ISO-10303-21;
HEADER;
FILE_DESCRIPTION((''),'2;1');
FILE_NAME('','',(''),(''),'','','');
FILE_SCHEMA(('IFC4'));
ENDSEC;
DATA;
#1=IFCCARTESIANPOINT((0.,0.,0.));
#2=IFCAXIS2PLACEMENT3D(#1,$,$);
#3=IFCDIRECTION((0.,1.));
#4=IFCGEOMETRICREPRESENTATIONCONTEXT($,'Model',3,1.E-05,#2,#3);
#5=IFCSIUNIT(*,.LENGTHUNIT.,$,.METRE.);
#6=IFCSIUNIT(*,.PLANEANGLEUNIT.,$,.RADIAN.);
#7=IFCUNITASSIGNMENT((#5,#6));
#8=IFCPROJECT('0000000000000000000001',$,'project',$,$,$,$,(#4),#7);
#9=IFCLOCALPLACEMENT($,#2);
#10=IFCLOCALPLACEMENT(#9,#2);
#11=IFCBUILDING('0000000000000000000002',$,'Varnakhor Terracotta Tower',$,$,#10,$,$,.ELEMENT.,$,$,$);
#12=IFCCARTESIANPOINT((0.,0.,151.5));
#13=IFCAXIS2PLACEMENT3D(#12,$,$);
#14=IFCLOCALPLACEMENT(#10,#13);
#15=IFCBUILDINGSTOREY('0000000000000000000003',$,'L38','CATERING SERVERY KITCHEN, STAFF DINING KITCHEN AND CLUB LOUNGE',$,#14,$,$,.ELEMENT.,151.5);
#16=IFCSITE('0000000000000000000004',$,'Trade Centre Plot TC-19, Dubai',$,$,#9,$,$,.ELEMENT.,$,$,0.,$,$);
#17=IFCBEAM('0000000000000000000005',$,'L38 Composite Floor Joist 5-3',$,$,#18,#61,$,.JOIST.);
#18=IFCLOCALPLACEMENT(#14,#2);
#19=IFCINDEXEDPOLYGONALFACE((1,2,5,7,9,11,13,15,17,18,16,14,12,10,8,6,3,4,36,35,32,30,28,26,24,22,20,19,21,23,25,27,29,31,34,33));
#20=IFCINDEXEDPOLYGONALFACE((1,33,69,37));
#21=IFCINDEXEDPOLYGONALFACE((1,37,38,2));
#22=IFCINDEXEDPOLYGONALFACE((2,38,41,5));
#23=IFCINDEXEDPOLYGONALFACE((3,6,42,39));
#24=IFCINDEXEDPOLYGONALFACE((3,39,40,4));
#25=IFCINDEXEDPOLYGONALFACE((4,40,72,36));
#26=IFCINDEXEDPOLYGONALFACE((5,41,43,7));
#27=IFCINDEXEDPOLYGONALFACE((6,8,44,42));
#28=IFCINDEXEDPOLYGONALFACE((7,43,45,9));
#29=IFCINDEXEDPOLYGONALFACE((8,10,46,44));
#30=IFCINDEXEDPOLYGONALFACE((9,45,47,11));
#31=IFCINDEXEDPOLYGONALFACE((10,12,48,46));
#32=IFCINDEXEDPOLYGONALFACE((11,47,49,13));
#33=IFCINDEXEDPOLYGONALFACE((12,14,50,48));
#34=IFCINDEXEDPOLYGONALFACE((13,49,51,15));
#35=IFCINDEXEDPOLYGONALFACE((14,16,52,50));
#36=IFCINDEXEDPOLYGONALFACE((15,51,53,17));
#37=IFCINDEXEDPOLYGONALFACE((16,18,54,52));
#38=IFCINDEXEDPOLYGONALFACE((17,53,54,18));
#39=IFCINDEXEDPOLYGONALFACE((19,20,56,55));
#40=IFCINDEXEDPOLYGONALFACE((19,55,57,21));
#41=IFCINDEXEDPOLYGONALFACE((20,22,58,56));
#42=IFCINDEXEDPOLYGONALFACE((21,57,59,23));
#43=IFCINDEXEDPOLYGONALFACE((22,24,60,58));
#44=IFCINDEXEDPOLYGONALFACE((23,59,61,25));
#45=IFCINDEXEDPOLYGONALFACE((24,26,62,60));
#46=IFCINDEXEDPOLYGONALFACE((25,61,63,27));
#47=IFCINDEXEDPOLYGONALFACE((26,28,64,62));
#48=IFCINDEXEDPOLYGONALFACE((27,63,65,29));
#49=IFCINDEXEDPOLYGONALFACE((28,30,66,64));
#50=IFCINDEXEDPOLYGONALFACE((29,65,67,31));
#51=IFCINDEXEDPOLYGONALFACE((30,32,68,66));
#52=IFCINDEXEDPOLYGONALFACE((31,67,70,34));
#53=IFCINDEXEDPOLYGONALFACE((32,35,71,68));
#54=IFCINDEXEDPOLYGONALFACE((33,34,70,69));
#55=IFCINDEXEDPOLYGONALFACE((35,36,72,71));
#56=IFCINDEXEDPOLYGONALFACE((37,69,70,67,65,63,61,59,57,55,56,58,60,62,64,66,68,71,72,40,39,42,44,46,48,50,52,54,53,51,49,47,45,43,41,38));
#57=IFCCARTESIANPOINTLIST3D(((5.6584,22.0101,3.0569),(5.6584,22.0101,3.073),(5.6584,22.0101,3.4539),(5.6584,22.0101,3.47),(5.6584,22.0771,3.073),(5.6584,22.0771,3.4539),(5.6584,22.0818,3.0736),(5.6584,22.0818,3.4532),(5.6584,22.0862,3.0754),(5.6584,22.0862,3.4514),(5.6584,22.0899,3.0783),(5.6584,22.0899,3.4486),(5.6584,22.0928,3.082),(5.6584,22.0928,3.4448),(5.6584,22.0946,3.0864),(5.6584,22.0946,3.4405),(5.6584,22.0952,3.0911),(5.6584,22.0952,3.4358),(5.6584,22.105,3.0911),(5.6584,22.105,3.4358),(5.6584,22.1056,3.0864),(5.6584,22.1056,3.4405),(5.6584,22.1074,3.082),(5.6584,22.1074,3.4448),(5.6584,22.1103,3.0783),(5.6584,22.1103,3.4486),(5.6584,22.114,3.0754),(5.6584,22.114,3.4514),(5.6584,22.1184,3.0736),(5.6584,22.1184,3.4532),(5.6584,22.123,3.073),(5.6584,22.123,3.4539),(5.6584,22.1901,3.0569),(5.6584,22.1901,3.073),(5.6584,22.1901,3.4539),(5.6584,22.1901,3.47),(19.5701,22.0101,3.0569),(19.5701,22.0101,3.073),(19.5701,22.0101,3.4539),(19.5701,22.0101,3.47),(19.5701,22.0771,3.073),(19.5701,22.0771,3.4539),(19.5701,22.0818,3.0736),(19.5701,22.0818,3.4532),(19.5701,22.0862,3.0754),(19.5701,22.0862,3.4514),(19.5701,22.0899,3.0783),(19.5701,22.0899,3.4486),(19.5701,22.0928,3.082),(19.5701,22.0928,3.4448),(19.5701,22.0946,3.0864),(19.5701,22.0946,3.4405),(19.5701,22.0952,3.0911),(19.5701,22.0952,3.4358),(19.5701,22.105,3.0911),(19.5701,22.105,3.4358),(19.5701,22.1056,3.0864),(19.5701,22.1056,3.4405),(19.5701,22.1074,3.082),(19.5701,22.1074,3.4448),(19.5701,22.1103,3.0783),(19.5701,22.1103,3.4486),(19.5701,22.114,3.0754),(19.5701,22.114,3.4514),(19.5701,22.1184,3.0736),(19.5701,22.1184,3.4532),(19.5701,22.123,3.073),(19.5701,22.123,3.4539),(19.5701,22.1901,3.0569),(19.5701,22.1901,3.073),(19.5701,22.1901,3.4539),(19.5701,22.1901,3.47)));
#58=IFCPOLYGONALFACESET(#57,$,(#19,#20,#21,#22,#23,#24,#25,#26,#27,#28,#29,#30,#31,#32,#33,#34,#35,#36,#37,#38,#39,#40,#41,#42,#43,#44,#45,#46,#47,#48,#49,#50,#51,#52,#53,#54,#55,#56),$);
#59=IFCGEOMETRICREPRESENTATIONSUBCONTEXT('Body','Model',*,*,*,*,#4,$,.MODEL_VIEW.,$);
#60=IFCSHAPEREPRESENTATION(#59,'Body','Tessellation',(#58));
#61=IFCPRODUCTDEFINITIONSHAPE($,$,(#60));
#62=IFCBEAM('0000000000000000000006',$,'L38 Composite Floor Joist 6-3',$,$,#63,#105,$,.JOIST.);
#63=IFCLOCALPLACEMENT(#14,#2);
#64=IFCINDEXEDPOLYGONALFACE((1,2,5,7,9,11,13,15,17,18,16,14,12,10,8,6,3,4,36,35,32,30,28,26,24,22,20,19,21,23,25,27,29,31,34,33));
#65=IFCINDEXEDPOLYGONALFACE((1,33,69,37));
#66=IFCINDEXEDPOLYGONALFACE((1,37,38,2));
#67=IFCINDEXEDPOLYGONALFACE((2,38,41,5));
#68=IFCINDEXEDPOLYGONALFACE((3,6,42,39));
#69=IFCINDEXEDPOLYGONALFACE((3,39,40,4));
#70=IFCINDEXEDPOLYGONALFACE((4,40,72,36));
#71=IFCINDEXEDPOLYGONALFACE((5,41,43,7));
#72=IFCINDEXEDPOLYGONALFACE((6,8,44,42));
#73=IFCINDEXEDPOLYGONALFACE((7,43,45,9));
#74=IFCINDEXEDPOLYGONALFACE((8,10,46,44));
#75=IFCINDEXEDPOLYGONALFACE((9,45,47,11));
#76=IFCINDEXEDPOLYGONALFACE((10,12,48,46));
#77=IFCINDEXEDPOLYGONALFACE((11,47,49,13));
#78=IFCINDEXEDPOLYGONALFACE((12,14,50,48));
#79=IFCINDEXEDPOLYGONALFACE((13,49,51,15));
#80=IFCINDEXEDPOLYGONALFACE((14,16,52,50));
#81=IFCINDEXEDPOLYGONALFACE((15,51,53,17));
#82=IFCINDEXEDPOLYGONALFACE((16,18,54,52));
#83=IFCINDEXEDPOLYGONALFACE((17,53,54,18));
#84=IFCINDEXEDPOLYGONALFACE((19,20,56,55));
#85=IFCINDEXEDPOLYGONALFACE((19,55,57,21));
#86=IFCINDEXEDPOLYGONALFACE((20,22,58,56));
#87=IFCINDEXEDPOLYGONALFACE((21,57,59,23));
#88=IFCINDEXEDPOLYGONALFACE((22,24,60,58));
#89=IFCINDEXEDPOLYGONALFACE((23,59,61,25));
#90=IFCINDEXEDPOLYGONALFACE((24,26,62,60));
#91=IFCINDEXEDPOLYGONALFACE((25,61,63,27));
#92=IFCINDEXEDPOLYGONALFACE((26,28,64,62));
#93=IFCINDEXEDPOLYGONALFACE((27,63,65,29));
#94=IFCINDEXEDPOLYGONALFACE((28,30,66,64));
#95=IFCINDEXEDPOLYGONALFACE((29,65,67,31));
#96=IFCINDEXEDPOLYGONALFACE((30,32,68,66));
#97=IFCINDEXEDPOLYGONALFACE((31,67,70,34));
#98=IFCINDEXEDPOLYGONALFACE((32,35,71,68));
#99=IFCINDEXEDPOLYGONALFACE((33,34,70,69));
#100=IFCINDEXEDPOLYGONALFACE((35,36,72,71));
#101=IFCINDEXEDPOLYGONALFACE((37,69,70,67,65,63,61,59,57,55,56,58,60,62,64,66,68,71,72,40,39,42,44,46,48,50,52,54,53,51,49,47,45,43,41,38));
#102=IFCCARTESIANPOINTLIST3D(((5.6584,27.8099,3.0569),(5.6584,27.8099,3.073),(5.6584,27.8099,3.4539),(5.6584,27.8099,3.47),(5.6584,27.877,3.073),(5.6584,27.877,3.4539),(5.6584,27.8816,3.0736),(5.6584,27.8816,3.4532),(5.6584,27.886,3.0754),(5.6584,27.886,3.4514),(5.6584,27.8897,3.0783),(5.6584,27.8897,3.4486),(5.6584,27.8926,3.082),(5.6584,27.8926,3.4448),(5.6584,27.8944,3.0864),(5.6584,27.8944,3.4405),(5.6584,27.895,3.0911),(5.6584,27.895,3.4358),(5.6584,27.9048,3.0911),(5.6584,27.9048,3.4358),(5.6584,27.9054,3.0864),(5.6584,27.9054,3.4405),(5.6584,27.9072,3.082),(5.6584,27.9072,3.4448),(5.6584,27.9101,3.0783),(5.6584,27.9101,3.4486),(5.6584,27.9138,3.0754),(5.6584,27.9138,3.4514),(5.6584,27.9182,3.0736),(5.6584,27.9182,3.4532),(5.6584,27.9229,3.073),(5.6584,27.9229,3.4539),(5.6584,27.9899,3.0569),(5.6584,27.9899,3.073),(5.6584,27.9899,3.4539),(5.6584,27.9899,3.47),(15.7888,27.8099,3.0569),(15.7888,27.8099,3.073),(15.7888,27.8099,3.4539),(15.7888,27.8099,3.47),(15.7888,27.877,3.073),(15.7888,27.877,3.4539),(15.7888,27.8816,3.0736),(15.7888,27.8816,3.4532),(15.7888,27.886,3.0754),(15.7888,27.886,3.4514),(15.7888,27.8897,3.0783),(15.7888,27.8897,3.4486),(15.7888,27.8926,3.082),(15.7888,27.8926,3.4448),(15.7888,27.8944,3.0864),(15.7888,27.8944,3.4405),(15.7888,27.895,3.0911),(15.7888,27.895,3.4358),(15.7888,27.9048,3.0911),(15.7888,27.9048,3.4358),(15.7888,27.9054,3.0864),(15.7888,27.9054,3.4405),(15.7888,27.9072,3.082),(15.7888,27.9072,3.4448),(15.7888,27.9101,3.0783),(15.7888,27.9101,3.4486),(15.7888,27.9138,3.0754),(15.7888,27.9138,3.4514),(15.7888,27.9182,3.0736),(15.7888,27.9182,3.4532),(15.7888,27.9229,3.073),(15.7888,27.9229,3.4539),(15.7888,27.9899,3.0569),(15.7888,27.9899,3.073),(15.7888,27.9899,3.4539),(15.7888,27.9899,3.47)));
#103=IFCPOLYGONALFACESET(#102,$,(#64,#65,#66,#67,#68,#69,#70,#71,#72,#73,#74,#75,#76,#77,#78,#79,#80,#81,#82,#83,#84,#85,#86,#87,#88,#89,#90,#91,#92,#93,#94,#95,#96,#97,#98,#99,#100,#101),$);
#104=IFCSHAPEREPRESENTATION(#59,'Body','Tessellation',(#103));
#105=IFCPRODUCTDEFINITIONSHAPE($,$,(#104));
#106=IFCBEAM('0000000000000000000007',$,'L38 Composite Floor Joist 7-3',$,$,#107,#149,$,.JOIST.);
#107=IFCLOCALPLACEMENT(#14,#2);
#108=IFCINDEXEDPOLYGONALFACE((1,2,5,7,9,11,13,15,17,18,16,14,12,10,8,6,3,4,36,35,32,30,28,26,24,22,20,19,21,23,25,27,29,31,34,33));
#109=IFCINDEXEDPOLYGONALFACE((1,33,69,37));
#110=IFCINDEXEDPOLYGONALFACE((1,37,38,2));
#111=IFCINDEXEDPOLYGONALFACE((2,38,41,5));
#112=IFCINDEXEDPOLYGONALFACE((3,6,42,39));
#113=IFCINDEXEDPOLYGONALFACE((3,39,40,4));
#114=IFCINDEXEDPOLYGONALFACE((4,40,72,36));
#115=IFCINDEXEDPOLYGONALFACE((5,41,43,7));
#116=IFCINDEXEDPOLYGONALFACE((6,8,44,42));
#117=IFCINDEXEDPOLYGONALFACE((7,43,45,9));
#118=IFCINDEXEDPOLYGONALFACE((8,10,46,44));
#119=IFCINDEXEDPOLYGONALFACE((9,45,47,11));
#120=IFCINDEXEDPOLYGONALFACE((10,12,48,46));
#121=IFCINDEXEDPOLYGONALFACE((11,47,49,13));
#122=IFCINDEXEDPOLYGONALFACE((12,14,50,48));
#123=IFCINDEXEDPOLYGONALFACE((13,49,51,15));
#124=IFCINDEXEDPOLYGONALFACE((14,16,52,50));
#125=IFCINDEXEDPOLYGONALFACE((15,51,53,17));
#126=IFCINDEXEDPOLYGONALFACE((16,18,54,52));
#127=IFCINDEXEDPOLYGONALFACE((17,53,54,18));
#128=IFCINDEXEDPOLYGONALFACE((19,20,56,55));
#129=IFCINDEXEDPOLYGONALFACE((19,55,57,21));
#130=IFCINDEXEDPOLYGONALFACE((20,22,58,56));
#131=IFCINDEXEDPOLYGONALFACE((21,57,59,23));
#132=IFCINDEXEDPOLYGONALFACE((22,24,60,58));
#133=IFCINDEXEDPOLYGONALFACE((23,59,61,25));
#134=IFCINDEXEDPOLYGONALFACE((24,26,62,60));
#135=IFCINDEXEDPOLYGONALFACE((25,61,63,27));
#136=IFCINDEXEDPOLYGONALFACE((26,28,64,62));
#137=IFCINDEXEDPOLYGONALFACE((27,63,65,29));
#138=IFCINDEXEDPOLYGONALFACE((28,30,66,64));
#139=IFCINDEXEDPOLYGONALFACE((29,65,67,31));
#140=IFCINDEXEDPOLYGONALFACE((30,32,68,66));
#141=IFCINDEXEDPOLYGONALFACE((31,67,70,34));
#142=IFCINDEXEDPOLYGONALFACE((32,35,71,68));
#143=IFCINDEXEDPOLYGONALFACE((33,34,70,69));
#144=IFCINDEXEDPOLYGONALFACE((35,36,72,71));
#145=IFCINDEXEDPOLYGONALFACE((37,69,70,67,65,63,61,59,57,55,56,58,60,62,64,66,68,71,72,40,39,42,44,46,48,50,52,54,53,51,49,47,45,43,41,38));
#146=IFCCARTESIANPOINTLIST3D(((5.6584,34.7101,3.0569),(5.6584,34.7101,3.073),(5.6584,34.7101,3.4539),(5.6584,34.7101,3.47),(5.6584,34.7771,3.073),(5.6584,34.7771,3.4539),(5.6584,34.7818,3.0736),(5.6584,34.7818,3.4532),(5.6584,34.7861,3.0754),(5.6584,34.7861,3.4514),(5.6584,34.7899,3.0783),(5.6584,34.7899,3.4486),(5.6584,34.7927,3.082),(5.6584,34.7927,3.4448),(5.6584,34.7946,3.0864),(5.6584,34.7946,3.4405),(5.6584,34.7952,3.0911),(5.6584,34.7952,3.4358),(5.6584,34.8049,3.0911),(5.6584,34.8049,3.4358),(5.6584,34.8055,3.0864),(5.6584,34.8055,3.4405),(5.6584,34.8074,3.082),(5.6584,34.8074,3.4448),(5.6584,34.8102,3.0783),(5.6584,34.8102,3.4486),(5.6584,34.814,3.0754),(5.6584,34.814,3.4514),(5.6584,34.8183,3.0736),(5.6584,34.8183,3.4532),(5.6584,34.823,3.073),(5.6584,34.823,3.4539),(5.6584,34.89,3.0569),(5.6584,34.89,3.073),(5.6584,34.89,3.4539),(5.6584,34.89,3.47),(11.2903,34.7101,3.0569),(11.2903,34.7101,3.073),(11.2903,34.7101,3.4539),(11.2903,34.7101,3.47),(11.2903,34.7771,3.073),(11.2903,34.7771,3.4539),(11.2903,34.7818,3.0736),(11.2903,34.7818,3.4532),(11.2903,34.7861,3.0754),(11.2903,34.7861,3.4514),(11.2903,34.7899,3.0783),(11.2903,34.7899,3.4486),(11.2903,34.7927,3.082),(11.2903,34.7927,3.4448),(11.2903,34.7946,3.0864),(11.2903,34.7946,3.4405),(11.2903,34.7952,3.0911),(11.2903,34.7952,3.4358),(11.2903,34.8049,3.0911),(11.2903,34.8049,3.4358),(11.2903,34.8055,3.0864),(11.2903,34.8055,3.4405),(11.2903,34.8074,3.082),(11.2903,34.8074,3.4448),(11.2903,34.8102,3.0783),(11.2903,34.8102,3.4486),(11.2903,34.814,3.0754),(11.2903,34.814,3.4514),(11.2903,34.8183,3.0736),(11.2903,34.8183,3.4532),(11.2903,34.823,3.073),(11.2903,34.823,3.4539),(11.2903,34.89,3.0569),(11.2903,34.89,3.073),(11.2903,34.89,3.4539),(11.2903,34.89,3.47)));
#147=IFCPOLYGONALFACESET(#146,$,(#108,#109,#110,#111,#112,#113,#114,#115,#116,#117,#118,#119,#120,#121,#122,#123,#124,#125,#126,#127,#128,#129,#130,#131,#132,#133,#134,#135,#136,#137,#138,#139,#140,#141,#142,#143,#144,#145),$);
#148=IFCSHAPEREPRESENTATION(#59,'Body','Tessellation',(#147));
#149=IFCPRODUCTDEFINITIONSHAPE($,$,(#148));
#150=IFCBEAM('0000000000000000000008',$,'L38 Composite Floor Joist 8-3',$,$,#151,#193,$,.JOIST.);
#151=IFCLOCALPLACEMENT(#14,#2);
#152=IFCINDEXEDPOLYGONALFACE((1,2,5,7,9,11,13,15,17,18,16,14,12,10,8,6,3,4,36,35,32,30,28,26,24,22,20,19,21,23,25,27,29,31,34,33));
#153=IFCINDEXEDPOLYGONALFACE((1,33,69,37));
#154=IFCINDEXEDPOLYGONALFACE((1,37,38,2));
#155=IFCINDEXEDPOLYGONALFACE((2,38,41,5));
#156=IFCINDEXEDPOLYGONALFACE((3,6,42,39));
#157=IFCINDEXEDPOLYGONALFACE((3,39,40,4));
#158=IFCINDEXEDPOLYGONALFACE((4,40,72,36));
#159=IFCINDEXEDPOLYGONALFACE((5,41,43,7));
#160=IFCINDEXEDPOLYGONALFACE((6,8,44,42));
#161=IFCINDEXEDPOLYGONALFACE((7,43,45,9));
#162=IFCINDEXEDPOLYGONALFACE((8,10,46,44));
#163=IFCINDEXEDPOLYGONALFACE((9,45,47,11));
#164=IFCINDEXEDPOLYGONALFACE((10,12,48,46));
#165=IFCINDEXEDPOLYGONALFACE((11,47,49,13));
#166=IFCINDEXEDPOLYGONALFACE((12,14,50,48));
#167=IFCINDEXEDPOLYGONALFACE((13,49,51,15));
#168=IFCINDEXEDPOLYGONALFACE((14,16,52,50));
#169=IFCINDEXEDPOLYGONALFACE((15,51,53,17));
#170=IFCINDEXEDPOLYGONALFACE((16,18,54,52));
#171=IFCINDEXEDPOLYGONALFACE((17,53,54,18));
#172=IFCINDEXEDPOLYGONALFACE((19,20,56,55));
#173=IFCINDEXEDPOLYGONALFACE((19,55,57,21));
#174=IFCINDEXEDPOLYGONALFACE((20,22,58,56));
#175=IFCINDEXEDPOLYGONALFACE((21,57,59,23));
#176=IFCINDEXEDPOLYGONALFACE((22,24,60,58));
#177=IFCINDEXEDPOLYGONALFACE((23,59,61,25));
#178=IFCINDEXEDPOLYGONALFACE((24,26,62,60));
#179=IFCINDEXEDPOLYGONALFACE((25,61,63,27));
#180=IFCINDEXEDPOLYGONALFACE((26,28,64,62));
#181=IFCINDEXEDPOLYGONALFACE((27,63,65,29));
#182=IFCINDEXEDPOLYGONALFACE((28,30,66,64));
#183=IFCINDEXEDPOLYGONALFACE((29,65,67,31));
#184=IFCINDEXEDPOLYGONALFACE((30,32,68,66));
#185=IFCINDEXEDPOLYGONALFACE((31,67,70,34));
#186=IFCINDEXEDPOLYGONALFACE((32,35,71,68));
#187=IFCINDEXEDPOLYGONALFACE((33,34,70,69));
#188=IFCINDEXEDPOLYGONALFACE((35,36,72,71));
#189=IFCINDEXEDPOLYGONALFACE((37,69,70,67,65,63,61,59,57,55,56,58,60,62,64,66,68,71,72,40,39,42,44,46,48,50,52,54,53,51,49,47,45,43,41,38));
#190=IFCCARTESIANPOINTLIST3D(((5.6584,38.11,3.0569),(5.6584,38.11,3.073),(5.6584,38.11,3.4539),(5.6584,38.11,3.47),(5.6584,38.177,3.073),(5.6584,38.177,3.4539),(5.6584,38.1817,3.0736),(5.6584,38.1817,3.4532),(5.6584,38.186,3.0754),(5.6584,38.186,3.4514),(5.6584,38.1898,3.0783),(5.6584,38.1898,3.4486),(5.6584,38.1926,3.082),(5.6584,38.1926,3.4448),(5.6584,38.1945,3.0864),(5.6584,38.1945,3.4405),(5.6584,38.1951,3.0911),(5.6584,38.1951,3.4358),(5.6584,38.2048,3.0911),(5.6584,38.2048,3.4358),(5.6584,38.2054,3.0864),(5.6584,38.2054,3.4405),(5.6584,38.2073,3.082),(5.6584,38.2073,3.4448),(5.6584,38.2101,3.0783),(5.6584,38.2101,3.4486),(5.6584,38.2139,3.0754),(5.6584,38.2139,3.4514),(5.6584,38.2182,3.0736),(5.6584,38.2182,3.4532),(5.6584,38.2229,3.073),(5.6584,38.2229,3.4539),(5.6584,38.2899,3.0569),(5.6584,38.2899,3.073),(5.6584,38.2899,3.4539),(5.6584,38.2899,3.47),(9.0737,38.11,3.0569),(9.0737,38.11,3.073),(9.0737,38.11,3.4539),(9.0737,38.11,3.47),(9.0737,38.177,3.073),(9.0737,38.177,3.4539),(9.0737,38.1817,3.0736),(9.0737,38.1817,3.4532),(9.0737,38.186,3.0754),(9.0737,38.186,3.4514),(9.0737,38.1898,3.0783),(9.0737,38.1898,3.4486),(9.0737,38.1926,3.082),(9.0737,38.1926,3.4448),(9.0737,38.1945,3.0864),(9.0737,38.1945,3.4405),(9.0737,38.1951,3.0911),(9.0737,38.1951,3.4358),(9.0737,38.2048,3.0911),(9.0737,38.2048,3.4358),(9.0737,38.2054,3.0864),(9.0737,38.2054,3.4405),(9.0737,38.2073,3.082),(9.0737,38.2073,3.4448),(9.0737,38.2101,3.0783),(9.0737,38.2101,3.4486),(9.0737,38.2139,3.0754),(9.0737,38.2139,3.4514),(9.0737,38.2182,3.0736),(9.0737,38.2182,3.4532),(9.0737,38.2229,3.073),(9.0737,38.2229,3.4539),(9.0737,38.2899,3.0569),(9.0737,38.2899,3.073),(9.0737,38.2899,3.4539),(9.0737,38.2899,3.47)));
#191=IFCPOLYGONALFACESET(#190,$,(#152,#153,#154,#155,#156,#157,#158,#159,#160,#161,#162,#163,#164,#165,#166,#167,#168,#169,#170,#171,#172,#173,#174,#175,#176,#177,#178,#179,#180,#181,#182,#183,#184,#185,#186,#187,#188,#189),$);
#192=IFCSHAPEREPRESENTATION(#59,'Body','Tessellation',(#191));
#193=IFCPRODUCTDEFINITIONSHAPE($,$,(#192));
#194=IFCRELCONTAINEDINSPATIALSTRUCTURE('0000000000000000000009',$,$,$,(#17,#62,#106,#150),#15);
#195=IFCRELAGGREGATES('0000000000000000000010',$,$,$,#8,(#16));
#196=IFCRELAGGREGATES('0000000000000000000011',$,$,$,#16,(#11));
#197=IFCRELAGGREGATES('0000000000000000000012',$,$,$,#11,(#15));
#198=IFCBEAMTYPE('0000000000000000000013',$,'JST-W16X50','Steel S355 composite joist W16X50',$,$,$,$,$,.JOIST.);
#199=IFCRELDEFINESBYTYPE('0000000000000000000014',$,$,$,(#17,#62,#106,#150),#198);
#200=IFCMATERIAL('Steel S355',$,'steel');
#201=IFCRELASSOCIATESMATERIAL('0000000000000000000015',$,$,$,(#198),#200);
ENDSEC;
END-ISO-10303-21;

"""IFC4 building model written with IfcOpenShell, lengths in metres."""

from ifc_helpers import new_model, si_unit, direction, frame, origin, origin_2d, place, context, subcontext, project, spatial, i_section, extrude, source, transform, mapped, material, material_profile, profile_set, type_object, element, save


model = new_model("IFC4")

# Units and contexts
model_context = context("Model", 3, precision=1e-05, world=origin(), true_north=direction((0.0, 1.0)))
body_context = subcontext(model_context, "Body", "Model", "MODEL_VIEW")
ifc_project = project(units=[si_unit("LENGTHUNIT", "METRE"), si_unit("PLANEANGLEUNIT", "RADIAN")], contexts=[model_context])

# Site, building, storey
site_placement = place(None, origin())
site = spatial("IfcSite", under=ifc_project, at=site_placement, Name="Trade Centre Plot TC-19, Dubai", CompositionType="ELEMENT", RefElevation=0.0)
building_placement = place(site_placement, origin())
building = spatial("IfcBuilding", under=site, at=building_placement, Name="Varnakhor Terracotta Tower", CompositionType="ELEMENT")
storey_placement = place(building_placement, frame((0.0, 0.0, 151.5)))
storey = spatial("IfcBuildingStorey", under=building, at=storey_placement, Name="L38", Description="CATERING SERVERY KITCHEN, STAFF DINING KITCHEN AND CLUB LOUNGE", CompositionType="ELEMENT", Elevation=151.5)

# Beams
ifc_material_1 = material(Name="Steel S355", Category="steel")
ifc_material_profile_1 = material_profile(ifc_material_1, i_section(OverallWidth=0.1799, OverallDepth=0.4131, WebThickness=0.0098, FlangeThickness=0.0161, FilletRadius=0.0181, at=origin_2d()), Name="W16X50")
ifc_profile_set_1 = profile_set([ifc_material_profile_1], Name="Steel S355")
beam_type_1 = type_object("IfcBeamType", Name="JST-W16X50", Description="Steel S355 composite joist W16X50", PredefinedType="JOIST", material=ifc_profile_set_1)
shared_shape_1 = source(origin(), body_context, "Body", "SweptSolid", [
    extrude(i_section(OverallWidth=0.1799, OverallDepth=0.4131, WebThickness=0.0098, FlangeThickness=0.0161, FilletRadius=0.0181, at=origin_2d()), origin(), (0.0, 0.0, 1.0), 13.9116),
])
beam_1_placement = place(storey_placement, frame((5.6584, 22.1001, 3.2634), z_axis=(1.0, 0.0, 0.0), x_axis=(0.0, 1.0, 0.0)))
element("IfcBeam", 1, at=beam_1_placement, inside=storey, type_object=beam_type_1, Name="L38 Composite Floor Joist 5-3", PredefinedType="JOIST", context=body_context, shape_type="MappedRepresentation", body=[
    mapped(shared_shape_1, transform((0.0, 0.0, 0.0), scale=1.0)),
])
shared_shape_2 = source(origin(), body_context, "Body", "SweptSolid", [
    extrude(i_section(OverallWidth=0.1799, OverallDepth=0.4131, WebThickness=0.0098, FlangeThickness=0.0161, FilletRadius=0.0181, at=origin_2d()), origin(), (0.0, 0.0, 1.0), 10.1304),
])
beam_2_placement = place(storey_placement, frame((5.6584, 27.8999, 3.2634), z_axis=(1.0, 0.0, 0.0), x_axis=(0.0, 1.0, 0.0)))
element("IfcBeam", 2, at=beam_2_placement, inside=storey, type_object=beam_type_1, Name="L38 Composite Floor Joist 6-3", PredefinedType="JOIST", context=body_context, shape_type="MappedRepresentation", body=[
    mapped(shared_shape_2, transform((0.0, 0.0, 0.0), scale=1.0)),
])
shared_shape_3 = source(origin(), body_context, "Body", "SweptSolid", [
    extrude(i_section(OverallWidth=0.1799, OverallDepth=0.4131, WebThickness=0.0098, FlangeThickness=0.0161, FilletRadius=0.0181, at=origin_2d()), origin(), (0.0, 0.0, 1.0), 5.6318),
])
beam_3_placement = place(storey_placement, frame((5.6584, 34.8, 3.2634), z_axis=(1.0, 0.0, 0.0), x_axis=(0.0, 1.0, 0.0)))
element("IfcBeam", 3, at=beam_3_placement, inside=storey, type_object=beam_type_1, Name="L38 Composite Floor Joist 7-3", PredefinedType="JOIST", context=body_context, shape_type="MappedRepresentation", body=[
    mapped(shared_shape_3, transform((0.0, 0.0, 0.0), scale=1.0)),
])
shared_shape_4 = source(origin(), body_context, "Body", "SweptSolid", [
    extrude(i_section(OverallWidth=0.1799, OverallDepth=0.4131, WebThickness=0.0098, FlangeThickness=0.0161, FilletRadius=0.0181, at=origin_2d()), origin(), (0.0, 0.0, 1.0), 3.4153),
])
beam_4_placement = place(storey_placement, frame((5.6584, 38.2, 3.2634), z_axis=(1.0, 0.0, 0.0), x_axis=(0.0, 1.0, 0.0)))
element("IfcBeam", 4, at=beam_4_placement, inside=storey, type_object=beam_type_1, Name="L38 Composite Floor Joist 8-3", PredefinedType="JOIST", context=body_context, shape_type="MappedRepresentation", body=[
    mapped(shared_shape_4, transform((0.0, 0.0, 0.0), scale=1.0)),
])

save(model, "model.ifc")
